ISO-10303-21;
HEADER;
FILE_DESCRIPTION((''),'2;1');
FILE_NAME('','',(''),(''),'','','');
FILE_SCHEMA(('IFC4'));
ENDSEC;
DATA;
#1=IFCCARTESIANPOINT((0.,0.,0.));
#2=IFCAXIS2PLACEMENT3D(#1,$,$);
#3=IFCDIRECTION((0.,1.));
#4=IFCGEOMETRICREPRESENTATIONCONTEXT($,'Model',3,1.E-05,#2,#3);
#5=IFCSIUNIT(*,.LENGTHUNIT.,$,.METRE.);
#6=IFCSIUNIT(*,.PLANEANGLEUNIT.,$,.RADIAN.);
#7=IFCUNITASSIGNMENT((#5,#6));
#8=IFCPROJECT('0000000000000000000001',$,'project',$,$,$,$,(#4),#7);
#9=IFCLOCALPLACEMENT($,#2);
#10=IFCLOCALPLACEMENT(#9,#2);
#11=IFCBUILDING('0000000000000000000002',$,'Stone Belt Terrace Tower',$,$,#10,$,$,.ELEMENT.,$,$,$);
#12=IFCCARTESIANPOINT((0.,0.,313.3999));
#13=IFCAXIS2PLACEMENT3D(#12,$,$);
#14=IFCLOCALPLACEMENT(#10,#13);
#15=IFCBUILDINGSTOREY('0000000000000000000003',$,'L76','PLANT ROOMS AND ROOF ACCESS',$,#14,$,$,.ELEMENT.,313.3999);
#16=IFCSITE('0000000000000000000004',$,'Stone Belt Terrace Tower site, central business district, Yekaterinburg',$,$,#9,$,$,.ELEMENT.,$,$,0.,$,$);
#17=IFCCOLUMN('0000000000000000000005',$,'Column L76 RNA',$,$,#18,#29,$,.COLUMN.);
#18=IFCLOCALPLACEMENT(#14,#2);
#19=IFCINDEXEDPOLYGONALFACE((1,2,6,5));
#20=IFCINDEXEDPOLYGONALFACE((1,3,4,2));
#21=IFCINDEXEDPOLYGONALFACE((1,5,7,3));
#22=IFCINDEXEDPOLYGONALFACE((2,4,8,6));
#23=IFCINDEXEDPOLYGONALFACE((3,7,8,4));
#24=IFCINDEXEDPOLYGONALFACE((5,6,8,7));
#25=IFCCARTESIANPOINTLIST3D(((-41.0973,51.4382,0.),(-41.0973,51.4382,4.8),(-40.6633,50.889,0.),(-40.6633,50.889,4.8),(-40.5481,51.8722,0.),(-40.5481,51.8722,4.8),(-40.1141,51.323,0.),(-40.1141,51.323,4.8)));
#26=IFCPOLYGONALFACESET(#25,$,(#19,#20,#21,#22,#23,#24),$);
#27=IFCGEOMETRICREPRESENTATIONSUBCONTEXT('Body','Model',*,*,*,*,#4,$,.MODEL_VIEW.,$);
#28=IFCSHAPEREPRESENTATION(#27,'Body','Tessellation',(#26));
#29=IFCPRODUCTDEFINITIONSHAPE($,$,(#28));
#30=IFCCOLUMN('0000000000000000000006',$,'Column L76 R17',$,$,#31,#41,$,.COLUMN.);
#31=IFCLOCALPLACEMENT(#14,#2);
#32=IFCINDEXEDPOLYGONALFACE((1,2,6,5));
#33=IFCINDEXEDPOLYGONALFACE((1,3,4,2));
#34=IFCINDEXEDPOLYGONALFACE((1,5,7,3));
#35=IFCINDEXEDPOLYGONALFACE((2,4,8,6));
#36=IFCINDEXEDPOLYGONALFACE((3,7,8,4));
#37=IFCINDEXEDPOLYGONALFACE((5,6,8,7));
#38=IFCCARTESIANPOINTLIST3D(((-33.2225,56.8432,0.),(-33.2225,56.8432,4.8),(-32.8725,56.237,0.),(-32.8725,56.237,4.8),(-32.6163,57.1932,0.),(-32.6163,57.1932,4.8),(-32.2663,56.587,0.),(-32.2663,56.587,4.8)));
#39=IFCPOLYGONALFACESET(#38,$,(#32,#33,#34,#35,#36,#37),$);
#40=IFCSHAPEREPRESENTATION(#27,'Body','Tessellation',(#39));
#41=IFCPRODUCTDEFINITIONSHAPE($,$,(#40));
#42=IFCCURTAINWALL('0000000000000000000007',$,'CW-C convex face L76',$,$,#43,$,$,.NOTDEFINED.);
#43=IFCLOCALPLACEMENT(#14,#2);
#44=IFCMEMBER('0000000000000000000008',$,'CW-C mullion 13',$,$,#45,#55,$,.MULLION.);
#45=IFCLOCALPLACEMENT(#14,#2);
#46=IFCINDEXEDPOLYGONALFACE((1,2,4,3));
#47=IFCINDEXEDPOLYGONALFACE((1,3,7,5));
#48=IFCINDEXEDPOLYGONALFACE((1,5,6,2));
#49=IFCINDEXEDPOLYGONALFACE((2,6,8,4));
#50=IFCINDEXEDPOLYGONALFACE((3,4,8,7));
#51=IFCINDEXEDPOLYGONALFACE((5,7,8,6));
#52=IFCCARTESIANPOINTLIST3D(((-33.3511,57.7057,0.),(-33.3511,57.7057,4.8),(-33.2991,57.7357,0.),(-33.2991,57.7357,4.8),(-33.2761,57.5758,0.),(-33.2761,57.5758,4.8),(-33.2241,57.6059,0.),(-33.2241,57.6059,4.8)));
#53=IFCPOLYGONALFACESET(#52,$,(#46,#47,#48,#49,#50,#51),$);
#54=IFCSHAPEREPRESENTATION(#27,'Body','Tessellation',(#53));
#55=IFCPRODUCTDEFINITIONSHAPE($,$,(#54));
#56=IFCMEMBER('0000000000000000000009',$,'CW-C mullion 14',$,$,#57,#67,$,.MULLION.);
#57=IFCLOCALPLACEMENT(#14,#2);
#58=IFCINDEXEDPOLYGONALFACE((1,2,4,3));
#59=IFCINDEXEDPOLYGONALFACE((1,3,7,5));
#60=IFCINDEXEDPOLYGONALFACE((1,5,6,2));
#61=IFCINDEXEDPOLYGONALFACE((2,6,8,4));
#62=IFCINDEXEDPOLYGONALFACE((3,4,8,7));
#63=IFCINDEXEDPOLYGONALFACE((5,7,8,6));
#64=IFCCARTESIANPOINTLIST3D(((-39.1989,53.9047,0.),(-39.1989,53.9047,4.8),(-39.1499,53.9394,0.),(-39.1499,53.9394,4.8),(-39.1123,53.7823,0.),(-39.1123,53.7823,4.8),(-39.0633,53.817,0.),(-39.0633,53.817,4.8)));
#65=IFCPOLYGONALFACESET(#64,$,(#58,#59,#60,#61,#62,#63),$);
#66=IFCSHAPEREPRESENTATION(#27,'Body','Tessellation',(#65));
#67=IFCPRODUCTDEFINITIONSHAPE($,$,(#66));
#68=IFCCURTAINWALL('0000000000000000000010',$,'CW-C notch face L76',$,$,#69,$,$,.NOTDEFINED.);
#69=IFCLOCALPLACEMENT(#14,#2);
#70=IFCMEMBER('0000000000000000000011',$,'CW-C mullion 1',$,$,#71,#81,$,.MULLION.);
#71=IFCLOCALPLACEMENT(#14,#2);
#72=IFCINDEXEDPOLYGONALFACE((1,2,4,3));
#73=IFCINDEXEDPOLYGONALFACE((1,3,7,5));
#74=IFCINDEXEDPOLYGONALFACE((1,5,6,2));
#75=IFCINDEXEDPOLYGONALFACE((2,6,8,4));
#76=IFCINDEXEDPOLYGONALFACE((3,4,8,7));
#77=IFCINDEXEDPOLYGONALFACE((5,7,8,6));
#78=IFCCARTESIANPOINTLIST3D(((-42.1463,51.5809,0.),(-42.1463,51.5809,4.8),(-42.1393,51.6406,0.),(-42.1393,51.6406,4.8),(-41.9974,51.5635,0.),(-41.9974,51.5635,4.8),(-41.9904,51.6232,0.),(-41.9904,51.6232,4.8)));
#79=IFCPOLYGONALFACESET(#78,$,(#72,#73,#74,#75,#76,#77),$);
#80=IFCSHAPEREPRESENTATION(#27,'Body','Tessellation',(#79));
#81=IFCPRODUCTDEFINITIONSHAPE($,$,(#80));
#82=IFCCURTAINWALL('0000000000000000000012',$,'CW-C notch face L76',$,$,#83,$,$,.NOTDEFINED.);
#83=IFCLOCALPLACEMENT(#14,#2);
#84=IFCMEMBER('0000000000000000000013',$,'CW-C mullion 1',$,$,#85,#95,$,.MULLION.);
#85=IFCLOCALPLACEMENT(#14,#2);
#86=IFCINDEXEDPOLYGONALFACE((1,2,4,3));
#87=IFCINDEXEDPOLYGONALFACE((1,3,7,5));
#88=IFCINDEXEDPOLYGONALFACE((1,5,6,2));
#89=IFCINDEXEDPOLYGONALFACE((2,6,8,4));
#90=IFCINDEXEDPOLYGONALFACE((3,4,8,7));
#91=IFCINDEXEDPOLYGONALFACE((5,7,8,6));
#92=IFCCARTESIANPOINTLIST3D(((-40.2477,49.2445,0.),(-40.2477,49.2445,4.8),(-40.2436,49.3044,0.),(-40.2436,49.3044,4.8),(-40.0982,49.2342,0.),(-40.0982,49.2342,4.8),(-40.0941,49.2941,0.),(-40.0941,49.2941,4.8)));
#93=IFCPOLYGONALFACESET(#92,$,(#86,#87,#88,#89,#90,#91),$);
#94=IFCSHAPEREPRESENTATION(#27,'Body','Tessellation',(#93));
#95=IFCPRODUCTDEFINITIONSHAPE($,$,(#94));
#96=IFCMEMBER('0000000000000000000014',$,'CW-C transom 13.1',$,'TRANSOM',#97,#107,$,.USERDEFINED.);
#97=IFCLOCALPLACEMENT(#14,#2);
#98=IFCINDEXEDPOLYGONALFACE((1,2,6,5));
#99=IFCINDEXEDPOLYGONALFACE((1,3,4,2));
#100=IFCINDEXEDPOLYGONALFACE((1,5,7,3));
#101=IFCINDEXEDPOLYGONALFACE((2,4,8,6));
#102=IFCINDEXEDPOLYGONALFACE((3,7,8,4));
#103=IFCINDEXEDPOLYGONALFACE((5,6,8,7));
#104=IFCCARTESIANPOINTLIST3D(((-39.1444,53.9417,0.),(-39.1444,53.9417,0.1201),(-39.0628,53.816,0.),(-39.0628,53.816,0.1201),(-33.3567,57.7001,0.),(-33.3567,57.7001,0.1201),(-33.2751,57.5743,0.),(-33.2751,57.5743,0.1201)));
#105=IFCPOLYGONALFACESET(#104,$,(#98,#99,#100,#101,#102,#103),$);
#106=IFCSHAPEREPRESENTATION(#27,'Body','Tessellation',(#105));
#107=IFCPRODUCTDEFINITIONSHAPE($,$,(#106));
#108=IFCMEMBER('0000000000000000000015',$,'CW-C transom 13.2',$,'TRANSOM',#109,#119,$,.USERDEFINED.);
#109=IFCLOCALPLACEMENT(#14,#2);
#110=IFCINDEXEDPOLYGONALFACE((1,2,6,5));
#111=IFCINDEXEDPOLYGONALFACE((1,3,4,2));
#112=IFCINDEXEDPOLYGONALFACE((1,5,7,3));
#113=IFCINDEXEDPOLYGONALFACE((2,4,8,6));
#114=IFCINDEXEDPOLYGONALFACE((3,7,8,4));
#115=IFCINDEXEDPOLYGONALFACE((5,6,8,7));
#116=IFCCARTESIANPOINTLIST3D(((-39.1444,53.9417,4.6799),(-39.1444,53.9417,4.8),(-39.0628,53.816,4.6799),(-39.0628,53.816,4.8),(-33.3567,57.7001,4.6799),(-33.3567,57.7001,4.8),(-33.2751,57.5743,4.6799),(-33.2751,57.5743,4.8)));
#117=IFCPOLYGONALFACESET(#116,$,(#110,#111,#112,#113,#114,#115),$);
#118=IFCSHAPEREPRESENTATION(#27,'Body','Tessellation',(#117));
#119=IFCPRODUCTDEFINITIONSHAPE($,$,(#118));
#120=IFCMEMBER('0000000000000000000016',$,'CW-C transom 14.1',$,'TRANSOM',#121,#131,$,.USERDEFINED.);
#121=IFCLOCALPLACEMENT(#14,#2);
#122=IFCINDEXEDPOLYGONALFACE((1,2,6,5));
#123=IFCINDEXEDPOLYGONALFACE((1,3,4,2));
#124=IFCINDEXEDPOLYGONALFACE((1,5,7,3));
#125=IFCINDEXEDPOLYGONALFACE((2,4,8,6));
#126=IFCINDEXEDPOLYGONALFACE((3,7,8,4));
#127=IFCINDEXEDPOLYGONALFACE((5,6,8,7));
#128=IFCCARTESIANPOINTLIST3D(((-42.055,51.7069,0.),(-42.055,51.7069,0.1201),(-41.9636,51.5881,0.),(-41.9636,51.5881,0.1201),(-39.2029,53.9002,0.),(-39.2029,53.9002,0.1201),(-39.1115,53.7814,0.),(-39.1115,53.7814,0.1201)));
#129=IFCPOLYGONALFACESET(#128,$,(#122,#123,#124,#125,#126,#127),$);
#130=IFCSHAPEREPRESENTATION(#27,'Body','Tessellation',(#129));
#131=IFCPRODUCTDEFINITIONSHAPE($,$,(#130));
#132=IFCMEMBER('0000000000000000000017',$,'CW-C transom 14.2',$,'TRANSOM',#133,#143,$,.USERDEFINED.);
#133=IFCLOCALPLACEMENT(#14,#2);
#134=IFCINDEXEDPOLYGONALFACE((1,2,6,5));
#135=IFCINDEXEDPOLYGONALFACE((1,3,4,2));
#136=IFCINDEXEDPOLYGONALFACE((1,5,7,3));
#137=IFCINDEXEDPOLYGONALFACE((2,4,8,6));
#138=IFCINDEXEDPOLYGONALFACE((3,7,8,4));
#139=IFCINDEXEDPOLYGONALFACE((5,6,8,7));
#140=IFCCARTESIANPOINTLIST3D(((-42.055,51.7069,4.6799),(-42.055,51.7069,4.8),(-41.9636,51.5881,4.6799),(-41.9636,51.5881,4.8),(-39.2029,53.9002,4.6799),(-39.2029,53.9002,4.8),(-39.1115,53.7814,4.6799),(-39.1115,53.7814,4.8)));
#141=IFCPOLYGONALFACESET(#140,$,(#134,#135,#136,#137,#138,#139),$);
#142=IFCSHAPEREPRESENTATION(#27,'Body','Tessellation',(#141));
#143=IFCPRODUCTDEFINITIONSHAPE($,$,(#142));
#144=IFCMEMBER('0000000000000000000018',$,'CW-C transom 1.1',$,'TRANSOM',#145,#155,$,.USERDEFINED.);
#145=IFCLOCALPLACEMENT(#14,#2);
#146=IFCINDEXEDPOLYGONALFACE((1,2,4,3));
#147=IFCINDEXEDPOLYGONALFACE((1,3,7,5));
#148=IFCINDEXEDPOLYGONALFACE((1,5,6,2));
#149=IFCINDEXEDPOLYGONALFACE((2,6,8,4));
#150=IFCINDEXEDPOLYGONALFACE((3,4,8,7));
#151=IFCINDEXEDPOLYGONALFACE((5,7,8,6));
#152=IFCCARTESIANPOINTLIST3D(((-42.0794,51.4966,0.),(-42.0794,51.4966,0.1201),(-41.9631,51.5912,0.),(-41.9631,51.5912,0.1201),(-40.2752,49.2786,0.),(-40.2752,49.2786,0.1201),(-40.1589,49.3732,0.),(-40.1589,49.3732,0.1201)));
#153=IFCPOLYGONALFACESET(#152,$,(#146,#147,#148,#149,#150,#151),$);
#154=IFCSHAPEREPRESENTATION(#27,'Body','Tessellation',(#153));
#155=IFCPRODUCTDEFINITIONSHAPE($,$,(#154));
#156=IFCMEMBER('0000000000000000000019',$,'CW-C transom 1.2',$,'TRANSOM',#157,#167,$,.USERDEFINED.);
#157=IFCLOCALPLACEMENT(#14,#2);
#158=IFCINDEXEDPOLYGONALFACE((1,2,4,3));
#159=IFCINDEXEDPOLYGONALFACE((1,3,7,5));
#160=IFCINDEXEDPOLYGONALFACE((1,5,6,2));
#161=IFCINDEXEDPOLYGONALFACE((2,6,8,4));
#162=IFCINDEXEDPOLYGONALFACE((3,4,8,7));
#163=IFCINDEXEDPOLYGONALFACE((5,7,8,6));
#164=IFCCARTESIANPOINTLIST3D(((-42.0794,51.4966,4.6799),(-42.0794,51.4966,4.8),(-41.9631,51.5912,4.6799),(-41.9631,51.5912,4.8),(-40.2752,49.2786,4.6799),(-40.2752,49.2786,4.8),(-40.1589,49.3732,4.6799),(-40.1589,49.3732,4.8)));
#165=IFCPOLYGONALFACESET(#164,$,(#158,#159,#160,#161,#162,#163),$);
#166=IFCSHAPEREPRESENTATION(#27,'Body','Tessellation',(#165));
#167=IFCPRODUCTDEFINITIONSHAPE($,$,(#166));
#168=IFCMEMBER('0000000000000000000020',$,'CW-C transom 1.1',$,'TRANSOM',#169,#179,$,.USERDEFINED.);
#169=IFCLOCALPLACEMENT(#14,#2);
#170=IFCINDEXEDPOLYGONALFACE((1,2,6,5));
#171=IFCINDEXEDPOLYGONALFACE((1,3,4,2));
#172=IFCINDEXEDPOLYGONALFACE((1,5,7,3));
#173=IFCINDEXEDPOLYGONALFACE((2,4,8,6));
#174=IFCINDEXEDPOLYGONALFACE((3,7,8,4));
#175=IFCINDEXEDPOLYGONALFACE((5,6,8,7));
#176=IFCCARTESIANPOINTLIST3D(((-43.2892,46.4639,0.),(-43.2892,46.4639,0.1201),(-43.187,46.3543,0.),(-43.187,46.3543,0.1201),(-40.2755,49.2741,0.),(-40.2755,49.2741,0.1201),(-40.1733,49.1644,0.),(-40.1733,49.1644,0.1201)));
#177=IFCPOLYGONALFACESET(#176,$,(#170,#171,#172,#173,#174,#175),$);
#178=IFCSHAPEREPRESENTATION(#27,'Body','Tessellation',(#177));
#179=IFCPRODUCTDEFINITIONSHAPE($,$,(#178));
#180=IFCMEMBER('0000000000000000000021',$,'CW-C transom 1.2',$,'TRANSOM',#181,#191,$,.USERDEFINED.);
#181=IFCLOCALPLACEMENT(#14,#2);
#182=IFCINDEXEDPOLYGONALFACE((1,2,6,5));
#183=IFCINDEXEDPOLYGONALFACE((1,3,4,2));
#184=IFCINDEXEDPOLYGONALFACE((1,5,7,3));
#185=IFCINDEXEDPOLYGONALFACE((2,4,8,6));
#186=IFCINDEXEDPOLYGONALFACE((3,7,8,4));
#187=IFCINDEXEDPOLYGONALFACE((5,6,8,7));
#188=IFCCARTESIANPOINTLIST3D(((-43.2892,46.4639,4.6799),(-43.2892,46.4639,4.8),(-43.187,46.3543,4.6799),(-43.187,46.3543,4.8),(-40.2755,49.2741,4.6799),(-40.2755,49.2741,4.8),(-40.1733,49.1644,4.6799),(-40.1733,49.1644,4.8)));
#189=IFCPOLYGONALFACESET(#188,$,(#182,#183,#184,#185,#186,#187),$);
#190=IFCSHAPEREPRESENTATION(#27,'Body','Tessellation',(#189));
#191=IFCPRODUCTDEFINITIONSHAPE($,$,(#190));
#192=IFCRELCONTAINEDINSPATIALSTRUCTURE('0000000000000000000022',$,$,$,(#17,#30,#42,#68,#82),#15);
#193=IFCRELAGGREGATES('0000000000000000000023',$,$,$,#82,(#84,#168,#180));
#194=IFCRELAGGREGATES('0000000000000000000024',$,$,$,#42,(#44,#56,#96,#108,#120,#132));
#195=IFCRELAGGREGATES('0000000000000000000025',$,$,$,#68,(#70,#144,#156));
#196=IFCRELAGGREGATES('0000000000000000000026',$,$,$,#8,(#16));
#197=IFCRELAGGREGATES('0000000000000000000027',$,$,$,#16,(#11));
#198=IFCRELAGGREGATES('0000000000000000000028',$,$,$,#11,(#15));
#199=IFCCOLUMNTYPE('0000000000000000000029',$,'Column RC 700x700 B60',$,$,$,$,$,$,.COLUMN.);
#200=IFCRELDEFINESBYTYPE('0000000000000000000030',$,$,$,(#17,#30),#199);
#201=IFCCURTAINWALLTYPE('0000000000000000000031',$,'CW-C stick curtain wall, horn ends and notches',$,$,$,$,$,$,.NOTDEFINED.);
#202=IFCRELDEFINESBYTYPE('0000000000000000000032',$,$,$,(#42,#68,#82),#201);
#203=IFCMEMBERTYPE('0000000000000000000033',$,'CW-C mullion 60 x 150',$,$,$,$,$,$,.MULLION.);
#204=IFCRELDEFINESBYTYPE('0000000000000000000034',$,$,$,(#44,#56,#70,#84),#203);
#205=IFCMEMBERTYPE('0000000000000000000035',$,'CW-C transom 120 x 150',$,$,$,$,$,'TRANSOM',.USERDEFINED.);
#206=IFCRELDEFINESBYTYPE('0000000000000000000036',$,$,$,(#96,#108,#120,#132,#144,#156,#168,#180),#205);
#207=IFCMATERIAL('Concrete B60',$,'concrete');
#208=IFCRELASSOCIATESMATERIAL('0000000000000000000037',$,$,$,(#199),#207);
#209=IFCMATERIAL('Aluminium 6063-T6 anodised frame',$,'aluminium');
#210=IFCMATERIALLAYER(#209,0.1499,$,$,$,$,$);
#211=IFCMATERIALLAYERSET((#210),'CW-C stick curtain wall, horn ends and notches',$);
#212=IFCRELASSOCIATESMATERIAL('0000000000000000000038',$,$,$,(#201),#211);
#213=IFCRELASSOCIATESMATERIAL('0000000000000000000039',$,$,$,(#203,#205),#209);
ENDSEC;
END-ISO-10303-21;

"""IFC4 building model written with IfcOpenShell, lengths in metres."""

from ifc_helpers import new_model, si_unit, direction, frame, origin, origin_2d, place, context, subcontext, project, spatial, rectangle, extrude, material, layer, layer_set, material_profile, profile_set, type_object, element, aggregate, save


model = new_model("IFC4")

# Units and contexts
model_context = context("Model", 3, precision=1e-05, world=origin(), true_north=direction((0.0, 1.0)))
body_context = subcontext(model_context, "Body", "Model", "MODEL_VIEW")
ifc_project = project(units=[si_unit("LENGTHUNIT", "METRE"), si_unit("PLANEANGLEUNIT", "RADIAN")], contexts=[model_context])

# Site, building, storey
site_placement = place(None, origin())
site = spatial("IfcSite", under=ifc_project, at=site_placement, Name="Stone Belt Terrace Tower site, central business district, Yekaterinburg", CompositionType="ELEMENT", RefElevation=0.0)
building_placement = place(site_placement, origin())
building = spatial("IfcBuilding", under=site, at=building_placement, Name="Stone Belt Terrace Tower", CompositionType="ELEMENT")
storey_placement = place(building_placement, frame((0.0, 0.0, 313.3999)))
storey = spatial("IfcBuildingStorey", under=building, at=storey_placement, Name="L76", Description="PLANT ROOMS AND ROOF ACCESS", CompositionType="ELEMENT", Elevation=313.3999)

# Columns
ifc_material_1 = material(Name="Concrete B60", Category="concrete")
ifc_material_profile_1 = material_profile(ifc_material_1, rectangle(XDim=0.7, YDim=0.7, at=origin_2d()), Name="RC 700x700")
ifc_profile_set_1 = profile_set([ifc_material_profile_1], Name="Concrete B60")
column_type = type_object("IfcColumnType", Name="Column RC 700x700 B60", PredefinedType="COLUMN", material=ifc_profile_set_1)
for number, where, z_axis, x_axis, name in (
    (1, (-40.6057, 51.3806, 0.0), (0.0, 0.0, 1.0), (0.78457, 0.620041, 0.0), "Column L76 RNA"),
    (2, (-32.7444, 56.7151, 0.0), (0.0, 0.0, 1.0), (0.866025, 0.5, 0.0), "Column L76 R17"),
):
    element("IfcColumn", number, at=place(storey_placement, frame(where, z_axis=z_axis, x_axis=x_axis)), inside=storey, type_object=column_type, Name=name, PredefinedType="COLUMN", context=body_context, shape_type="SweptSolid", body=[
        extrude(rectangle(XDim=0.7, YDim=0.7, at=origin_2d()), origin(), (0.0, 0.0, 1.0), 4.8),
    ])

# Curtain wall, members
ifc_material_2 = material(Name="Aluminium 6063-T6 anodised frame", Category="aluminium")
ifc_layer_1 = layer(ifc_material_2, 0.1499)
ifc_layer_set_1 = layer_set([ifc_layer_1], Name="CW-C stick curtain wall, horn ends and notches")
curtain_wall_type = type_object("IfcCurtainWallType", Name="CW-C stick curtain wall, horn ends and notches", PredefinedType="NOTDEFINED", material=ifc_layer_set_1)
curtain_wall_1_placement = place(storey_placement, origin())
curtain_wall_1 = element("IfcCurtainWall", 3, at=curtain_wall_1_placement, inside=storey, type_object=curtain_wall_type, Name="CW-C convex face L76", PredefinedType="NOTDEFINED")
ifc_material_profile_2 = material_profile(ifc_material_2, rectangle(XDim=0.1499, YDim=0.0601, at=origin_2d()), Name="Aluminium 6063-T6 60x150")
ifc_profile_set_2 = profile_set([ifc_material_profile_2], Name="Aluminium 6063-T6 anodised frame")
member_type_1 = type_object("IfcMemberType", Name="CW-C mullion 60 x 150", PredefinedType="MULLION", material=ifc_profile_set_2)
member_1_placement = place(storey_placement, frame((-33.2876, 57.6558, 0.0), z_axis=(0.0, 0.0, 1.0), x_axis=(0.5, -0.866025, 0.0)))
member_1 = element("IfcMember", 4, at=member_1_placement, type_object=member_type_1, Name="CW-C mullion 13", PredefinedType="MULLION", context=body_context, shape_type="SweptSolid", body=[
    extrude(rectangle(XDim=0.1499, YDim=0.0601, at=origin_2d()), origin(), (0.0, 0.0, 1.0), 4.8),
])
member_2_placement = place(storey_placement, frame((-39.1311, 53.8608, 0.0), z_axis=(0.0, 0.0, 1.0), x_axis=(0.577587, -0.816329, 0.0)))
member_2 = element("IfcMember", 5, at=member_2_placement, type_object=member_type_1, Name="CW-C mullion 14", PredefinedType="MULLION", context=body_context, shape_type="SweptSolid", body=[
    extrude(rectangle(XDim=0.1499, YDim=0.0601, at=origin_2d()), origin(), (0.0, 0.0, 1.0), 4.8),
])

# Curtain walls, members
curtain_wall_2_placement = place(storey_placement, origin())
curtain_wall_2 = element("IfcCurtainWall", 6, at=curtain_wall_2_placement, inside=storey, type_object=curtain_wall_type, Name="CW-C notch face L76", PredefinedType="NOTDEFINED")
member_3_placement = place(storey_placement, frame((-42.0684, 51.6021, 0.0), z_axis=(0.0, 0.0, 1.0), x_axis=(0.993258, -0.115925, 0.0)))
member_3 = element("IfcMember", 7, at=member_3_placement, type_object=member_type_1, Name="CW-C mullion 1", PredefinedType="MULLION", context=body_context, shape_type="SweptSolid", body=[
    extrude(rectangle(XDim=0.1499, YDim=0.0601, at=origin_2d()), origin(), (0.0, 0.0, 1.0), 4.8),
])
curtain_wall_3_placement = place(storey_placement, origin())
curtain_wall_3 = element("IfcCurtainWall", 8, at=curtain_wall_3_placement, inside=storey, type_object=curtain_wall_type, Name="CW-C notch face L76", PredefinedType="NOTDEFINED")
member_4_placement = place(storey_placement, frame((-40.1709, 49.2693, 0.0), z_axis=(0.0, 0.0, 1.0), x_axis=(0.99764, -0.068666, 0.0)))
member_4 = element("IfcMember", 9, at=member_4_placement, type_object=member_type_1, Name="CW-C mullion 1", PredefinedType="MULLION", context=body_context, shape_type="SweptSolid", body=[
    extrude(rectangle(XDim=0.1499, YDim=0.0601, at=origin_2d()), origin(), (0.0, 0.0, 1.0), 4.8),
])

# Members
ifc_material_profile_3 = material_profile(ifc_material_2, rectangle(XDim=0.1499, YDim=0.1201, at=origin_2d()), Name="Aluminium 6063-T6 150x120")
ifc_profile_set_3 = profile_set([ifc_material_profile_3], Name="Aluminium 6063-T6 anodised frame")
member_type_2 = type_object("IfcMemberType", Name="CW-C transom 120 x 150", ElementType="TRANSOM", PredefinedType="USERDEFINED", material=ifc_profile_set_3)
member_5_placement = place(storey_placement, frame((-33.3159, 57.6372, 0.0601), z_axis=(-0.838684, -0.544618, 0.0), x_axis=(0.544618, -0.838684, 0.0)))
member_5 = element("IfcMember", 10, at=member_5_placement, type_object=member_type_2, Name="CW-C transom 13.1", ObjectType="TRANSOM", PredefinedType="USERDEFINED", context=body_context, shape_type="SweptSolid", body=[
    extrude(rectangle(XDim=0.1499, YDim=0.1201, at=origin_2d()), origin(), (0.0, 0.0, 1.0), 6.9009),
])
member_6_placement = place(storey_placement, frame((-33.3159, 57.6372, 4.74), z_axis=(-0.838684, -0.544618, 0.0), x_axis=(0.544618, -0.838684, 0.0)))
member_6 = element("IfcMember", 11, at=member_6_placement, type_object=member_type_2, Name="CW-C transom 13.2", ObjectType="TRANSOM", PredefinedType="USERDEFINED", context=body_context, shape_type="SweptSolid", body=[
    extrude(rectangle(XDim=0.1499, YDim=0.1201, at=origin_2d()), origin(), (0.0, 0.0, 1.0), 6.9009),
])
member_7_placement = place(storey_placement, frame((-39.1572, 53.8408, 0.0601), z_axis=(-0.792695, -0.609619, 0.0), x_axis=(0.609619, -0.792695, 0.0)))
member_7 = element("IfcMember", 12, at=member_7_placement, type_object=member_type_2, Name="CW-C transom 14.1", ObjectType="TRANSOM", PredefinedType="USERDEFINED", context=body_context, shape_type="SweptSolid", body=[
    extrude(rectangle(XDim=0.1499, YDim=0.1201, at=origin_2d()), origin(), (0.0, 0.0, 1.0), 3.5979),
])
member_8_placement = place(storey_placement, frame((-39.1572, 53.8408, 4.74), z_axis=(-0.792695, -0.609619, 0.0), x_axis=(0.609619, -0.792695, 0.0)))
member_8 = element("IfcMember", 13, at=member_8_placement, type_object=member_type_2, Name="CW-C transom 14.2", ObjectType="TRANSOM", PredefinedType="USERDEFINED", context=body_context, shape_type="SweptSolid", body=[
    extrude(rectangle(XDim=0.1499, YDim=0.1201, at=origin_2d()), origin(), (0.0, 0.0, 1.0), 3.5979),
])
member_9_placement = place(storey_placement, frame((-42.0212, 51.5439, 0.0601), z_axis=(0.631027, -0.775761, 0.0), x_axis=(0.775761, 0.631027, 0.0)))
member_9 = element("IfcMember", 14, at=member_9_placement, type_object=member_type_2, Name="CW-C transom 1.1", ObjectType="TRANSOM", PredefinedType="USERDEFINED", context=body_context, shape_type="SweptSolid", body=[
    extrude(rectangle(XDim=0.1499, YDim=0.1201, at=origin_2d()), origin(), (0.0, 0.0, 1.0), 2.8591),
])
member_10_placement = place(storey_placement, frame((-42.0212, 51.5439, 4.74), z_axis=(0.631027, -0.775761, 0.0), x_axis=(0.775761, 0.631027, 0.0)))
member_10 = element("IfcMember", 15, at=member_10_placement, type_object=member_type_2, Name="CW-C transom 1.2", ObjectType="TRANSOM", PredefinedType="USERDEFINED", context=body_context, shape_type="SweptSolid", body=[
    extrude(rectangle(XDim=0.1499, YDim=0.1201, at=origin_2d()), origin(), (0.0, 0.0, 1.0), 2.8591),
])
member_11_placement = place(storey_placement, frame((-40.2244, 49.2192, 0.0601), z_axis=(-0.731382, -0.681968, 0.0), x_axis=(0.681968, -0.731382, 0.0)))
member_11 = element("IfcMember", 16, at=member_11_placement, type_object=member_type_2, Name="CW-C transom 1.1", ObjectType="TRANSOM", PredefinedType="USERDEFINED", context=body_context, shape_type="SweptSolid", body=[
    extrude(rectangle(XDim=0.1499, YDim=0.1201, at=origin_2d()), origin(), (0.0, 0.0, 1.0), 4.1206),
])
member_12_placement = place(storey_placement, frame((-40.2244, 49.2192, 4.74), z_axis=(-0.731382, -0.681968, 0.0), x_axis=(0.681968, -0.731382, 0.0)))
member_12 = element("IfcMember", 17, at=member_12_placement, type_object=member_type_2, Name="CW-C transom 1.2", ObjectType="TRANSOM", PredefinedType="USERDEFINED", context=body_context, shape_type="SweptSolid", body=[
    extrude(rectangle(XDim=0.1499, YDim=0.1201, at=origin_2d()), origin(), (0.0, 0.0, 1.0), 4.1206),
])
aggregate(curtain_wall_3, [member_4, member_11, member_12])

aggregate(curtain_wall_1, [member_1, member_2, member_5, member_6, member_7, member_8])
aggregate(curtain_wall_2, [member_3, member_9, member_10])

save(model, "model.ifc")
